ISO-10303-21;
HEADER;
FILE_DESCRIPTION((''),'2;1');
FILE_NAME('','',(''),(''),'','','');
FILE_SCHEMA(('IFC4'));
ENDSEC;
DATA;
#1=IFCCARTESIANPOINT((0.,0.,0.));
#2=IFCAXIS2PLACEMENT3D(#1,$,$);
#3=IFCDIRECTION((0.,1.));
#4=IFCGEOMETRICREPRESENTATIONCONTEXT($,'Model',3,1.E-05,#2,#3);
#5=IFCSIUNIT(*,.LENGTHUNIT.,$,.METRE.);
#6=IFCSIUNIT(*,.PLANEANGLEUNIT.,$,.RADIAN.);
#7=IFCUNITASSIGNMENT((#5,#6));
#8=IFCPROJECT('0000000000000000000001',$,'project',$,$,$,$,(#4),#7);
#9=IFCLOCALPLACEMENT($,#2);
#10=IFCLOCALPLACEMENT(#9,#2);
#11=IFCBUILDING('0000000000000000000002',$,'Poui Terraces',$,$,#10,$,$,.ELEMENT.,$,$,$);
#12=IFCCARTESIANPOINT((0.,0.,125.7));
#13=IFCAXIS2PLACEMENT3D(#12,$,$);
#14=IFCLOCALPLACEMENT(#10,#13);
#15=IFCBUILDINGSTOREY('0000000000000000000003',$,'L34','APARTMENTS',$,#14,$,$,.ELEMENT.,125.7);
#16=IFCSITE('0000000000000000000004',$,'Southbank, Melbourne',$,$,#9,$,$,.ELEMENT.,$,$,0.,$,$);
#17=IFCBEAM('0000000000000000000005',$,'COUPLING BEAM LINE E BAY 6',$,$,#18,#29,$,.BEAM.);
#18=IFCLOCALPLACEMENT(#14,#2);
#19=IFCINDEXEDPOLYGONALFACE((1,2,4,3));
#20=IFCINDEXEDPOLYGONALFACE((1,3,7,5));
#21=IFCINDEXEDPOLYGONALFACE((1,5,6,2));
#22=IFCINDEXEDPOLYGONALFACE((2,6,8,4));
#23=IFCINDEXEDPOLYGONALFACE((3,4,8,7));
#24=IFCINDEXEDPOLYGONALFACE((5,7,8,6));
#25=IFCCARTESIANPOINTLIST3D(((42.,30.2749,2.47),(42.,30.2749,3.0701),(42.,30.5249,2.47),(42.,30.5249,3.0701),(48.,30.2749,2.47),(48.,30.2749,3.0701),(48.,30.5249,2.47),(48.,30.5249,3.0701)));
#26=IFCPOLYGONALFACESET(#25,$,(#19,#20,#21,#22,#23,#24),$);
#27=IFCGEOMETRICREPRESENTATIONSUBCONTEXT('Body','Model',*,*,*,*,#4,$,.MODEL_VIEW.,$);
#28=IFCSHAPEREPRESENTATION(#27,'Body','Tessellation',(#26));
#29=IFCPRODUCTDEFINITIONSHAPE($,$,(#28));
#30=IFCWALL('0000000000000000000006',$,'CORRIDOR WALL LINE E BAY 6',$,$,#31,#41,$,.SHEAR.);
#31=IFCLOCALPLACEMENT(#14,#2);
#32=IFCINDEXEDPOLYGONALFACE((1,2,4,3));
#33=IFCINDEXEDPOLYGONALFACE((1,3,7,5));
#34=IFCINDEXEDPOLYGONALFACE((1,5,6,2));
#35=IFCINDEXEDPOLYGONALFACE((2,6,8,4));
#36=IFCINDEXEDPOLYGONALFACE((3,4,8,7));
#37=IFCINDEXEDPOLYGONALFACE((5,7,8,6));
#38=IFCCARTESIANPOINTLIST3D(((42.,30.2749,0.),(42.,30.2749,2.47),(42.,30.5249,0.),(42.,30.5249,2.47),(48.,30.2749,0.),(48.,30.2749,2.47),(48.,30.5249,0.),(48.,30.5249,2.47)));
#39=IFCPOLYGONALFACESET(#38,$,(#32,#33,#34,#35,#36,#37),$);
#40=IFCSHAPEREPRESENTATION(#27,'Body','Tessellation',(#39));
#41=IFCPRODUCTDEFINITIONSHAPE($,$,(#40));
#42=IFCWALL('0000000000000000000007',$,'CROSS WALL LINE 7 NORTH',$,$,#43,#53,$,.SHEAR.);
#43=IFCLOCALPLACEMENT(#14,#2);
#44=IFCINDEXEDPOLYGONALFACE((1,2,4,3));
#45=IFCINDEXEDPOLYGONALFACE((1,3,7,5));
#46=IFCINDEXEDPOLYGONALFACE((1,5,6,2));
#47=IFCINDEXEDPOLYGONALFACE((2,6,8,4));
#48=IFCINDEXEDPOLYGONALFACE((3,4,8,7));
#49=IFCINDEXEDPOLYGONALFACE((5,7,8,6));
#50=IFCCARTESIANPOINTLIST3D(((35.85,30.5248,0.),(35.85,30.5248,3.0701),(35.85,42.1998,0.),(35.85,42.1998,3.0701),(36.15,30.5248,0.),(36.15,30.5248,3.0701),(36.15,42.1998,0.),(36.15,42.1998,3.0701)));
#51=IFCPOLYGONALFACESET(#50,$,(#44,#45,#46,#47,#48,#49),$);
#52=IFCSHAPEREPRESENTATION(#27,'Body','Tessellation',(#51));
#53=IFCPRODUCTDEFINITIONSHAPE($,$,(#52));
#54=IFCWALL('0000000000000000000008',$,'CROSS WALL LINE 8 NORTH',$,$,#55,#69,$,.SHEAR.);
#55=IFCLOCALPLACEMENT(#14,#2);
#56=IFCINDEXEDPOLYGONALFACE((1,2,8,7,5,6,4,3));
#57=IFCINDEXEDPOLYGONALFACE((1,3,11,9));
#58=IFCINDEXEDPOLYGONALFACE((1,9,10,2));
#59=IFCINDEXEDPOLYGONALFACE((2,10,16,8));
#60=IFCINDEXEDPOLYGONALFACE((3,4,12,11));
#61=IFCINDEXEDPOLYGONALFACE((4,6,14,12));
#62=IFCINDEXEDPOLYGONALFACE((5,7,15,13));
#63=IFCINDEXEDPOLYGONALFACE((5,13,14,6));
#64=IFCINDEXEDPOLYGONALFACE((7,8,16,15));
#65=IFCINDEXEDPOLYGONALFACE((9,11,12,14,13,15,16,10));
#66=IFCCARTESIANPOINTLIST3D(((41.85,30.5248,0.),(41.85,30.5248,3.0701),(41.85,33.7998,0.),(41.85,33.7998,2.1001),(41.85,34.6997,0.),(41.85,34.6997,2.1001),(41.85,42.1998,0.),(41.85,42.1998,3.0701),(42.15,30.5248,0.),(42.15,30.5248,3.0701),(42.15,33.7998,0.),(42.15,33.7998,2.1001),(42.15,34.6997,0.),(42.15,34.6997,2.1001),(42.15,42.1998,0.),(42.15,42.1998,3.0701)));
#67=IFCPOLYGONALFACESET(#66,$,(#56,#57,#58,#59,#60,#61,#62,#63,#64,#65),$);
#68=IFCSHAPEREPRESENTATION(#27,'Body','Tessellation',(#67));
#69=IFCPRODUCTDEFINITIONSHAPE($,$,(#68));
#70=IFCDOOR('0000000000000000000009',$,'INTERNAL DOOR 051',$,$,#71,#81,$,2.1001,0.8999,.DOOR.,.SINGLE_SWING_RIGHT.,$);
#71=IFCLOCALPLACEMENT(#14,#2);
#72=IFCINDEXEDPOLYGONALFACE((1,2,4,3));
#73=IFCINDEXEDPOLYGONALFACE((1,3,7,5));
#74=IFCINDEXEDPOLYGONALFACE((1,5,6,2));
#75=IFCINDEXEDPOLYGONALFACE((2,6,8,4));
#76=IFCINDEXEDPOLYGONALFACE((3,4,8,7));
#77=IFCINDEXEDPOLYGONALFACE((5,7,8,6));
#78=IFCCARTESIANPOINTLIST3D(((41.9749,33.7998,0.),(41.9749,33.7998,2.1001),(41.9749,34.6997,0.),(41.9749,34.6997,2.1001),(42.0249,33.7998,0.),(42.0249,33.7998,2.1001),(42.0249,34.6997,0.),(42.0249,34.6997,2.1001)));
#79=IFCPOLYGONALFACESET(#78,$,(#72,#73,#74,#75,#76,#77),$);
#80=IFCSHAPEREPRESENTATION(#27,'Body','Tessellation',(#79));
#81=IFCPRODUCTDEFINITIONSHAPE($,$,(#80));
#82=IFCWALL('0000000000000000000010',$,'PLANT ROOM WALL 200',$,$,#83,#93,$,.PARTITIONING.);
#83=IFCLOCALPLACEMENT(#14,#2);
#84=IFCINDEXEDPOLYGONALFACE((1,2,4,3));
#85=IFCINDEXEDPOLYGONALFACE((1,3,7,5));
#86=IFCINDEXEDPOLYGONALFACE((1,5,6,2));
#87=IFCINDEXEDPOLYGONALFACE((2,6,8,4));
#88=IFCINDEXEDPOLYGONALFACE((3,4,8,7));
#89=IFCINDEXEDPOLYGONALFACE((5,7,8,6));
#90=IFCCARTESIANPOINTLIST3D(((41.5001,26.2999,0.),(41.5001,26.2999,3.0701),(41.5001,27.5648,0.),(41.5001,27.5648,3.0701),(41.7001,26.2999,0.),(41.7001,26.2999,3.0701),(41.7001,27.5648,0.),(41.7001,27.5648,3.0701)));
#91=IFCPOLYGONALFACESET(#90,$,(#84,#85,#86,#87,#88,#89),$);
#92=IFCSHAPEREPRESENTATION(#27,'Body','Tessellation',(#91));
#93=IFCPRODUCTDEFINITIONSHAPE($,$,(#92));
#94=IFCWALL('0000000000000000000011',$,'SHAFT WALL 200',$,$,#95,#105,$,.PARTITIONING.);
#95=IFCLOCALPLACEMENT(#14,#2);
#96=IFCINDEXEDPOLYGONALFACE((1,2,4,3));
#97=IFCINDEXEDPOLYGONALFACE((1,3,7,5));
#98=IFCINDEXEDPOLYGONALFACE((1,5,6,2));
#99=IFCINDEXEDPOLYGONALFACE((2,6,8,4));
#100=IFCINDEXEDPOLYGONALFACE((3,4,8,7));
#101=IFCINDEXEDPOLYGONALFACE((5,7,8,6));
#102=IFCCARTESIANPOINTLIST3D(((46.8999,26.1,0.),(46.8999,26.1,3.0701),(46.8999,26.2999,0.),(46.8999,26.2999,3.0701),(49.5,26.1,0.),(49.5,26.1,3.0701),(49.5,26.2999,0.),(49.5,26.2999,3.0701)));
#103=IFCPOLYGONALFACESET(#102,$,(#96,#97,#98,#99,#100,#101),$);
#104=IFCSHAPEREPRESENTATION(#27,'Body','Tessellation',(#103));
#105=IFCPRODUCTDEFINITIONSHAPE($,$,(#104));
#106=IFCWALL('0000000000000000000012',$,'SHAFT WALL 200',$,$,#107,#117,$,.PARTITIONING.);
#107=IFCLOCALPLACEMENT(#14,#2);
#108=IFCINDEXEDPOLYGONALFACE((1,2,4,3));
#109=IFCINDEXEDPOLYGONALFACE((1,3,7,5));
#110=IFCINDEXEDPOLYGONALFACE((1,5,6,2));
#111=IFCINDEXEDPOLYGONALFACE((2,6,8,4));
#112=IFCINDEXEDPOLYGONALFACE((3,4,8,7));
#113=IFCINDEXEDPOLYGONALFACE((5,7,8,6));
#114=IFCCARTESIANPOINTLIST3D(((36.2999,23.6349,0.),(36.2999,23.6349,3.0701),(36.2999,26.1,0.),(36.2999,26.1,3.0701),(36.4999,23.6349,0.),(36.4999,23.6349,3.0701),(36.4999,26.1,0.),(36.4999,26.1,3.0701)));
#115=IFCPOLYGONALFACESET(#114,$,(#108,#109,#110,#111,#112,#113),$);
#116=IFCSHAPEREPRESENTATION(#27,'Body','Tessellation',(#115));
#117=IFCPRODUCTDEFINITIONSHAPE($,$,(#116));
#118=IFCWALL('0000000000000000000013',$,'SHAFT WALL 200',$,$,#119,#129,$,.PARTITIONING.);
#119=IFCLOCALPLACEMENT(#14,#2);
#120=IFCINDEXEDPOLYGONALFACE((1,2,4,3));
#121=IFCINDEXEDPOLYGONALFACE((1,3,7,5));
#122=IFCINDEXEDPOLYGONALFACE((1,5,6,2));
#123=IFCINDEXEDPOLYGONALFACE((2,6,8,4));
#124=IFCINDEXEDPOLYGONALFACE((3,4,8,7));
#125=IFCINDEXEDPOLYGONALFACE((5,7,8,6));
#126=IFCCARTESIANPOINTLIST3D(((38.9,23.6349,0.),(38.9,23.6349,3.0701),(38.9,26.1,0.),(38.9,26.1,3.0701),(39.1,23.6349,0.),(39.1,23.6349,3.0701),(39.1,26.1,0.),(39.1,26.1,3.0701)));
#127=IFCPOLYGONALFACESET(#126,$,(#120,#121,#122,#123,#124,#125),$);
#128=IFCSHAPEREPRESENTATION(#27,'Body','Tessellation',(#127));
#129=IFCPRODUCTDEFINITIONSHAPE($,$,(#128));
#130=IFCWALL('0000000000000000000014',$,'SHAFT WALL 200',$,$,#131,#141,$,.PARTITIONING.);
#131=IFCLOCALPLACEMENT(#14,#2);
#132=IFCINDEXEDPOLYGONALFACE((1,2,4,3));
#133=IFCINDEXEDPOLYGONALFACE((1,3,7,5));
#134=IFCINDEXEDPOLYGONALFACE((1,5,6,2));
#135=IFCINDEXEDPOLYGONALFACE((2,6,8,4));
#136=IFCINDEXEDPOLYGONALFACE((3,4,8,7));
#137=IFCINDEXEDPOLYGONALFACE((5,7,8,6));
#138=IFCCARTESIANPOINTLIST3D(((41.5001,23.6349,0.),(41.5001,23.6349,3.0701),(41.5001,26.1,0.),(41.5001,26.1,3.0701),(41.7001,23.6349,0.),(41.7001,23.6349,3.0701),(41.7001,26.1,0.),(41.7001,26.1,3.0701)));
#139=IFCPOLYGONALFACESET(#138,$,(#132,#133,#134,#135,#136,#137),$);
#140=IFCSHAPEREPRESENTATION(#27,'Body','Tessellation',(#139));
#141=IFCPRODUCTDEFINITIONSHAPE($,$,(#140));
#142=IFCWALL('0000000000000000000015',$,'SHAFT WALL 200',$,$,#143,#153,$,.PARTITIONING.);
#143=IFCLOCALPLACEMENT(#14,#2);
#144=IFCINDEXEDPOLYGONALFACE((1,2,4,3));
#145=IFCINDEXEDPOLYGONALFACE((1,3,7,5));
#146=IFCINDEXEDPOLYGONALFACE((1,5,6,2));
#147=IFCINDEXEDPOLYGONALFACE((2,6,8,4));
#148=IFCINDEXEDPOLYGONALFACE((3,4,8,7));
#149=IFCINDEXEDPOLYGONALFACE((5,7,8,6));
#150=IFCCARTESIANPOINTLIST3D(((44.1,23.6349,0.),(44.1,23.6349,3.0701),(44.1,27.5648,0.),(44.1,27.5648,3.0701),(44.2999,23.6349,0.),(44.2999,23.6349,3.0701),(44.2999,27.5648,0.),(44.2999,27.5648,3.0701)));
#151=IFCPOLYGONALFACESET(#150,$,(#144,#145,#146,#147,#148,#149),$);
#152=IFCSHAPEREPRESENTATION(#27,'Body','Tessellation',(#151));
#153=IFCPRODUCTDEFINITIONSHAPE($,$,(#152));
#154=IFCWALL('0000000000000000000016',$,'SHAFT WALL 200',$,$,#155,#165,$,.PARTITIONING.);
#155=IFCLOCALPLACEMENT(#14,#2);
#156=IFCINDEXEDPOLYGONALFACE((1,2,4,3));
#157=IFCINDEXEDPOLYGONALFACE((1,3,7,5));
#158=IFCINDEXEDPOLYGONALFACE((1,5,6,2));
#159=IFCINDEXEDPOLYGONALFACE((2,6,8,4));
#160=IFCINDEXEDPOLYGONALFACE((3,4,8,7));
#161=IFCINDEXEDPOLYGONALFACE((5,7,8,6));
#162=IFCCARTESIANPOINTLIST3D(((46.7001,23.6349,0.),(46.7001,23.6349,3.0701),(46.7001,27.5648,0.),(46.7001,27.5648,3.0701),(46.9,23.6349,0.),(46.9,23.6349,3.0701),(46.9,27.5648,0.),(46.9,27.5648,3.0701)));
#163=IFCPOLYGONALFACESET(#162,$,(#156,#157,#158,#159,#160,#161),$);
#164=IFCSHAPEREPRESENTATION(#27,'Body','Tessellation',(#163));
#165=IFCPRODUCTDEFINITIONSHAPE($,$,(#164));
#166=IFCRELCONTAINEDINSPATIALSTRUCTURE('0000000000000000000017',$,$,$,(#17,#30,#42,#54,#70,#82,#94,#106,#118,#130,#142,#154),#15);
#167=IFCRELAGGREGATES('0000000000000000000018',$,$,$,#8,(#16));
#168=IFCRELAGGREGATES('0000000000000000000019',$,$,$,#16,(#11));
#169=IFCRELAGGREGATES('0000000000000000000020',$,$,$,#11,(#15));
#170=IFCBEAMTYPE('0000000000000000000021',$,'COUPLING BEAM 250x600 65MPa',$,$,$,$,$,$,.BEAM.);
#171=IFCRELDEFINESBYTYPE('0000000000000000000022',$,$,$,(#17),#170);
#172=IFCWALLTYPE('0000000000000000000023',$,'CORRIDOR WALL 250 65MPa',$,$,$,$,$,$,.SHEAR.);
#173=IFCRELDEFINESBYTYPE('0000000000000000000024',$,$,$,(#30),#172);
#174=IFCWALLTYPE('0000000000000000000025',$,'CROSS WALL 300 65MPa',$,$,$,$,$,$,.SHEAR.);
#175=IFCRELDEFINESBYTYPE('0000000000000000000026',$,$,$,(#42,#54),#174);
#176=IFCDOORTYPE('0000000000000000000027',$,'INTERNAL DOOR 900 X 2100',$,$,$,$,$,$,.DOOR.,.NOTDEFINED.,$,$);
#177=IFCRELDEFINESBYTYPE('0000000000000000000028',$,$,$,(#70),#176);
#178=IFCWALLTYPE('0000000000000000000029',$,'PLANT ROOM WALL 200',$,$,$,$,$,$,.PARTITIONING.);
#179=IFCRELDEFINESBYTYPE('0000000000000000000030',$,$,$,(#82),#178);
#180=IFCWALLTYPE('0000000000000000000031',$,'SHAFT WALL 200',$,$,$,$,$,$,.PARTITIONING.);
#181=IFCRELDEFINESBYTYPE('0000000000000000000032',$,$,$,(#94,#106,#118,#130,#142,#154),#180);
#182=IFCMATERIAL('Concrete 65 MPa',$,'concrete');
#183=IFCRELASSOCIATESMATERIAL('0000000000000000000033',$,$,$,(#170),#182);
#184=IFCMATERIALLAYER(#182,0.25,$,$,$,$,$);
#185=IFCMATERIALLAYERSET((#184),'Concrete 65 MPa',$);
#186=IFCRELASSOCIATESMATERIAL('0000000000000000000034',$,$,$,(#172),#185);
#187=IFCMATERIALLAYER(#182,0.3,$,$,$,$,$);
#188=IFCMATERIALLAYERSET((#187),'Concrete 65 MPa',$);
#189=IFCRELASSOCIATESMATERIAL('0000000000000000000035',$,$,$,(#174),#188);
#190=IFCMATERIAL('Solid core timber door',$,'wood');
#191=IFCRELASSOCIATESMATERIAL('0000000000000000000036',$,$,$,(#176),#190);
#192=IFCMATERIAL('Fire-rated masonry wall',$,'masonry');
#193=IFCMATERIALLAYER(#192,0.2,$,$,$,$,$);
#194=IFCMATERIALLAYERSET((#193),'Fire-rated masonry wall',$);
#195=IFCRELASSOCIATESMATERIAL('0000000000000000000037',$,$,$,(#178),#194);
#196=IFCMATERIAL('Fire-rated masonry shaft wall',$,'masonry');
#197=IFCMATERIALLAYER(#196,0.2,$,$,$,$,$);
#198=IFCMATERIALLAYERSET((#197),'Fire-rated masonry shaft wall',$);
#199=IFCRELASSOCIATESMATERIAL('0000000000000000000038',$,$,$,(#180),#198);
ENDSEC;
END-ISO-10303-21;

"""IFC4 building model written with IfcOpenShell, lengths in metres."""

from ifc_helpers import new_model, si_unit, direction, frame, frame_2d, origin, origin_2d, place, context, subcontext, project, spatial, rectangle, extrude, source, transform, mapped, material, layer, layer_set, material_profile, profile_set, type_object, element, fill, save


model = new_model("IFC4")

# Units and contexts
model_context = context("Model", 3, precision=1e-05, world=origin(), true_north=direction((0.0, 1.0)))
body_context = subcontext(model_context, "Body", "Model", "MODEL_VIEW")
ifc_project = project(units=[si_unit("LENGTHUNIT", "METRE"), si_unit("PLANEANGLEUNIT", "RADIAN")], contexts=[model_context])

# Site, building, storey
site_placement = place(None, origin())
site = spatial("IfcSite", under=ifc_project, at=site_placement, Name="Southbank, Melbourne", CompositionType="ELEMENT", RefElevation=0.0)
building_placement = place(site_placement, origin())
building = spatial("IfcBuilding", under=site, at=building_placement, Name="Poui Terraces", CompositionType="ELEMENT")
storey_placement = place(building_placement, frame((0.0, 0.0, 125.7)))
storey = spatial("IfcBuildingStorey", under=building, at=storey_placement, Name="L34", Description="APARTMENTS", CompositionType="ELEMENT", Elevation=125.7)

# Beam
ifc_material_1 = material(Name="Concrete 65 MPa", Category="concrete")
ifc_material_profile = material_profile(ifc_material_1, rectangle(XDim=0.25, YDim=0.6001, at=origin_2d()), Name="RC 250x600")
ifc_profile_set = profile_set([ifc_material_profile], Name="Concrete 65 MPa")
beam_type = type_object("IfcBeamType", Name="COUPLING BEAM 250x600 65MPa", PredefinedType="BEAM", material=ifc_profile_set)
shared_shape = source(origin(), body_context, "Body", "SweptSolid", [
    extrude(rectangle(XDim=0.25, YDim=0.6001, at=origin_2d()), origin(), (0.0, 0.0, 1.0), 6.0),
])
beam_placement = place(storey_placement, frame((42.0, 30.3999, 2.77), z_axis=(1.0, 0.0, 0.0), x_axis=(0.0, 1.0, 0.0)))
element("IfcBeam", 1, at=beam_placement, inside=storey, type_object=beam_type, Name="COUPLING BEAM LINE E BAY 6", PredefinedType="BEAM", context=body_context, shape_type="MappedRepresentation", body=[
    mapped(shared_shape, transform((0.0, 0.0, 0.0))),
])

# Walls
ifc_layer_1 = layer(ifc_material_1, 0.25)
ifc_layer_set_1 = layer_set([ifc_layer_1], Name="Concrete 65 MPa")
wall_type_1 = type_object("IfcWallType", Name="CORRIDOR WALL 250 65MPa", PredefinedType="SHEAR", material=ifc_layer_set_1)
wall_1_placement = place(storey_placement, frame((42.0, 30.3999, 0.0), z_axis=(0.0, 0.0, 1.0), x_axis=(1.0, 0.0, 0.0)))
element("IfcWall", 2, at=wall_1_placement, inside=storey, type_object=wall_type_1, Name="CORRIDOR WALL LINE E BAY 6", PredefinedType="SHEAR", context=body_context, shape_type="SweptSolid", body=[
    extrude(rectangle(XDim=6.0, YDim=0.25, at=frame_2d((3.0, 0.0))), origin(), (0.0, 0.0, 1.0), 2.47),
])
ifc_layer_2 = layer(ifc_material_1, 0.3)
ifc_layer_set_2 = layer_set([ifc_layer_2], Name="Concrete 65 MPa")
wall_type_2 = type_object("IfcWallType", Name="CROSS WALL 300 65MPa", PredefinedType="SHEAR", material=ifc_layer_set_2)
wall_2_placement = place(storey_placement, frame((36.0, 30.5249, 0.0), z_axis=(0.0, 0.0, 1.0), x_axis=(0.0, 1.0, 0.0)))
element("IfcWall", 3, at=wall_2_placement, inside=storey, type_object=wall_type_2, Name="CROSS WALL LINE 7 NORTH", PredefinedType="SHEAR", context=body_context, shape_type="SweptSolid", body=[
    extrude(rectangle(XDim=11.675, YDim=0.3, at=frame_2d((5.8374, 0.0))), origin(), (0.0, 0.0, 1.0), 3.0701),
])

# Wall, opening, door
wall_3_placement = place(storey_placement, frame((42.0, 30.5249, 0.0), z_axis=(0.0, 0.0, 1.0), x_axis=(0.0, 1.0, 0.0)))
wall_3 = element("IfcWall", 4, at=wall_3_placement, inside=storey, type_object=wall_type_2, Name="CROSS WALL LINE 8 NORTH", PredefinedType="SHEAR", context=body_context, shape_type="SweptSolid", body=[
    extrude(rectangle(XDim=11.675, YDim=0.3, at=frame_2d((5.8374, 0.0))), origin(), (0.0, 0.0, 1.0), 3.0701),
])
opening_placement = place(wall_3_placement, frame((3.2749, 0.0, 0.0)))
opening = element("IfcOpeningElement", 5, at=opening_placement, cuts=wall_3, PredefinedType="OPENING", context=body_context, shape_type="SweptSolid", body=[
    extrude(rectangle(XDim=0.8999, YDim=2.1001, at=frame_2d((0.45, 1.05))), frame((0.0, 0.1602, 0.0), z_axis=(0.0, -1.0, 0.0), x_axis=(1.0, 0.0, 0.0)), (0.0, 0.0, 1.0), 0.3201),
])
ifc_material_2 = material(Name="Solid core timber door", Category="wood")
door_type = type_object("IfcDoorType", Name="INTERNAL DOOR 900 X 2100", OperationType="NOTDEFINED", PredefinedType="DOOR", material=ifc_material_2)
door_placement = place(opening_placement, frame((0.8999, 0.0, 0.0), z_axis=(0.0, 0.0, 1.0), x_axis=(-1.0, 0.0, 0.0)))
door = element("IfcDoor", 6, at=door_placement, inside=storey, type_object=door_type, Name="INTERNAL DOOR 051", OperationType="SINGLE_SWING_RIGHT", OverallHeight=2.1001, OverallWidth=0.8999, PredefinedType="DOOR", context=body_context, shape_type="SweptSolid", body=[
    extrude(rectangle(XDim=0.8999, YDim=2.1001, at=frame_2d((0.45, 1.05))), frame((0.0, 0.0249, 0.0), z_axis=(0.0, -1.0, 0.0), x_axis=(1.0, 0.0, 0.0)), (0.0, 0.0, 1.0), 0.05),
])
fill(opening, door)

# Walls
ifc_material_3 = material(Name="Fire-rated masonry wall", Category="masonry")
ifc_layer_3 = layer(ifc_material_3, 0.2)
ifc_layer_set_3 = layer_set([ifc_layer_3], Name="Fire-rated masonry wall")
wall_type_3 = type_object("IfcWallType", Name="PLANT ROOM WALL 200", PredefinedType="PARTITIONING", material=ifc_layer_set_3)
wall_4_placement = place(storey_placement, frame((41.6001, 26.3, 0.0), z_axis=(0.0, 0.0, 1.0), x_axis=(0.0, 1.0, 0.0)))
element("IfcWall", 7, at=wall_4_placement, inside=storey, type_object=wall_type_3, Name="PLANT ROOM WALL 200", PredefinedType="PARTITIONING", context=body_context, shape_type="SweptSolid", body=[
    extrude(rectangle(XDim=1.2649, YDim=0.2, at=frame_2d((0.6323, 0.0))), origin(), (0.0, 0.0, 1.0), 3.0701),
])
ifc_material_4 = material(Name="Fire-rated masonry shaft wall", Category="masonry")
ifc_layer_4 = layer(ifc_material_4, 0.2)
ifc_layer_set_4 = layer_set([ifc_layer_4], Name="Fire-rated masonry shaft wall")
wall_type_4 = type_object("IfcWallType", Name="SHAFT WALL 200", PredefinedType="PARTITIONING", material=ifc_layer_set_4)
wall_5_placement = place(storey_placement, frame((46.8999, 26.2, 0.0), z_axis=(0.0, 0.0, 1.0), x_axis=(1.0, 0.0, 0.0)))
element("IfcWall", 8, at=wall_5_placement, inside=storey, type_object=wall_type_4, Name="SHAFT WALL 200", PredefinedType="PARTITIONING", context=body_context, shape_type="SweptSolid", body=[
    extrude(rectangle(XDim=2.6001, YDim=0.2, at=frame_2d((1.3, 0.0))), origin(), (0.0, 0.0, 1.0), 3.0701),
])
for number, where, z_axis, x_axis, name in (
    (9, (36.3999, 23.635, 0.0), (0.0, 0.0, 1.0), (0.0, 1.0, 0.0), "SHAFT WALL 200"),
    (10, (39.0, 23.635, 0.0), (0.0, 0.0, 1.0), (0.0, 1.0, 0.0), "SHAFT WALL 200"),
    (11, (41.6001, 23.635, 0.0), (0.0, 0.0, 1.0), (0.0, 1.0, 0.0), "SHAFT WALL 200"),
):
    element("IfcWall", number, at=place(storey_placement, frame(where, z_axis=z_axis, x_axis=x_axis)), inside=storey, type_object=wall_type_4, Name=name, PredefinedType="PARTITIONING", context=body_context, shape_type="SweptSolid", body=[
        extrude(rectangle(XDim=2.4651, YDim=0.2, at=frame_2d((1.2324, 0.0))), origin(), (0.0, 0.0, 1.0), 3.0701),
    ])
for number, where, z_axis, x_axis, name in (
    (12, (44.2, 23.635, 0.0), (0.0, 0.0, 1.0), (0.0, 1.0, 0.0), "SHAFT WALL 200"),
    (13, (46.8, 23.635, 0.0), (0.0, 0.0, 1.0), (0.0, 1.0, 0.0), "SHAFT WALL 200"),
):
    element("IfcWall", number, at=place(storey_placement, frame(where, z_axis=z_axis, x_axis=x_axis)), inside=storey, type_object=wall_type_4, Name=name, PredefinedType="PARTITIONING", context=body_context, shape_type="SweptSolid", body=[
        extrude(rectangle(XDim=3.9299, YDim=0.2, at=frame_2d((1.9648, 0.0))), origin(), (0.0, 0.0, 1.0), 3.0701),
    ])

save(model, "model.ifc")
